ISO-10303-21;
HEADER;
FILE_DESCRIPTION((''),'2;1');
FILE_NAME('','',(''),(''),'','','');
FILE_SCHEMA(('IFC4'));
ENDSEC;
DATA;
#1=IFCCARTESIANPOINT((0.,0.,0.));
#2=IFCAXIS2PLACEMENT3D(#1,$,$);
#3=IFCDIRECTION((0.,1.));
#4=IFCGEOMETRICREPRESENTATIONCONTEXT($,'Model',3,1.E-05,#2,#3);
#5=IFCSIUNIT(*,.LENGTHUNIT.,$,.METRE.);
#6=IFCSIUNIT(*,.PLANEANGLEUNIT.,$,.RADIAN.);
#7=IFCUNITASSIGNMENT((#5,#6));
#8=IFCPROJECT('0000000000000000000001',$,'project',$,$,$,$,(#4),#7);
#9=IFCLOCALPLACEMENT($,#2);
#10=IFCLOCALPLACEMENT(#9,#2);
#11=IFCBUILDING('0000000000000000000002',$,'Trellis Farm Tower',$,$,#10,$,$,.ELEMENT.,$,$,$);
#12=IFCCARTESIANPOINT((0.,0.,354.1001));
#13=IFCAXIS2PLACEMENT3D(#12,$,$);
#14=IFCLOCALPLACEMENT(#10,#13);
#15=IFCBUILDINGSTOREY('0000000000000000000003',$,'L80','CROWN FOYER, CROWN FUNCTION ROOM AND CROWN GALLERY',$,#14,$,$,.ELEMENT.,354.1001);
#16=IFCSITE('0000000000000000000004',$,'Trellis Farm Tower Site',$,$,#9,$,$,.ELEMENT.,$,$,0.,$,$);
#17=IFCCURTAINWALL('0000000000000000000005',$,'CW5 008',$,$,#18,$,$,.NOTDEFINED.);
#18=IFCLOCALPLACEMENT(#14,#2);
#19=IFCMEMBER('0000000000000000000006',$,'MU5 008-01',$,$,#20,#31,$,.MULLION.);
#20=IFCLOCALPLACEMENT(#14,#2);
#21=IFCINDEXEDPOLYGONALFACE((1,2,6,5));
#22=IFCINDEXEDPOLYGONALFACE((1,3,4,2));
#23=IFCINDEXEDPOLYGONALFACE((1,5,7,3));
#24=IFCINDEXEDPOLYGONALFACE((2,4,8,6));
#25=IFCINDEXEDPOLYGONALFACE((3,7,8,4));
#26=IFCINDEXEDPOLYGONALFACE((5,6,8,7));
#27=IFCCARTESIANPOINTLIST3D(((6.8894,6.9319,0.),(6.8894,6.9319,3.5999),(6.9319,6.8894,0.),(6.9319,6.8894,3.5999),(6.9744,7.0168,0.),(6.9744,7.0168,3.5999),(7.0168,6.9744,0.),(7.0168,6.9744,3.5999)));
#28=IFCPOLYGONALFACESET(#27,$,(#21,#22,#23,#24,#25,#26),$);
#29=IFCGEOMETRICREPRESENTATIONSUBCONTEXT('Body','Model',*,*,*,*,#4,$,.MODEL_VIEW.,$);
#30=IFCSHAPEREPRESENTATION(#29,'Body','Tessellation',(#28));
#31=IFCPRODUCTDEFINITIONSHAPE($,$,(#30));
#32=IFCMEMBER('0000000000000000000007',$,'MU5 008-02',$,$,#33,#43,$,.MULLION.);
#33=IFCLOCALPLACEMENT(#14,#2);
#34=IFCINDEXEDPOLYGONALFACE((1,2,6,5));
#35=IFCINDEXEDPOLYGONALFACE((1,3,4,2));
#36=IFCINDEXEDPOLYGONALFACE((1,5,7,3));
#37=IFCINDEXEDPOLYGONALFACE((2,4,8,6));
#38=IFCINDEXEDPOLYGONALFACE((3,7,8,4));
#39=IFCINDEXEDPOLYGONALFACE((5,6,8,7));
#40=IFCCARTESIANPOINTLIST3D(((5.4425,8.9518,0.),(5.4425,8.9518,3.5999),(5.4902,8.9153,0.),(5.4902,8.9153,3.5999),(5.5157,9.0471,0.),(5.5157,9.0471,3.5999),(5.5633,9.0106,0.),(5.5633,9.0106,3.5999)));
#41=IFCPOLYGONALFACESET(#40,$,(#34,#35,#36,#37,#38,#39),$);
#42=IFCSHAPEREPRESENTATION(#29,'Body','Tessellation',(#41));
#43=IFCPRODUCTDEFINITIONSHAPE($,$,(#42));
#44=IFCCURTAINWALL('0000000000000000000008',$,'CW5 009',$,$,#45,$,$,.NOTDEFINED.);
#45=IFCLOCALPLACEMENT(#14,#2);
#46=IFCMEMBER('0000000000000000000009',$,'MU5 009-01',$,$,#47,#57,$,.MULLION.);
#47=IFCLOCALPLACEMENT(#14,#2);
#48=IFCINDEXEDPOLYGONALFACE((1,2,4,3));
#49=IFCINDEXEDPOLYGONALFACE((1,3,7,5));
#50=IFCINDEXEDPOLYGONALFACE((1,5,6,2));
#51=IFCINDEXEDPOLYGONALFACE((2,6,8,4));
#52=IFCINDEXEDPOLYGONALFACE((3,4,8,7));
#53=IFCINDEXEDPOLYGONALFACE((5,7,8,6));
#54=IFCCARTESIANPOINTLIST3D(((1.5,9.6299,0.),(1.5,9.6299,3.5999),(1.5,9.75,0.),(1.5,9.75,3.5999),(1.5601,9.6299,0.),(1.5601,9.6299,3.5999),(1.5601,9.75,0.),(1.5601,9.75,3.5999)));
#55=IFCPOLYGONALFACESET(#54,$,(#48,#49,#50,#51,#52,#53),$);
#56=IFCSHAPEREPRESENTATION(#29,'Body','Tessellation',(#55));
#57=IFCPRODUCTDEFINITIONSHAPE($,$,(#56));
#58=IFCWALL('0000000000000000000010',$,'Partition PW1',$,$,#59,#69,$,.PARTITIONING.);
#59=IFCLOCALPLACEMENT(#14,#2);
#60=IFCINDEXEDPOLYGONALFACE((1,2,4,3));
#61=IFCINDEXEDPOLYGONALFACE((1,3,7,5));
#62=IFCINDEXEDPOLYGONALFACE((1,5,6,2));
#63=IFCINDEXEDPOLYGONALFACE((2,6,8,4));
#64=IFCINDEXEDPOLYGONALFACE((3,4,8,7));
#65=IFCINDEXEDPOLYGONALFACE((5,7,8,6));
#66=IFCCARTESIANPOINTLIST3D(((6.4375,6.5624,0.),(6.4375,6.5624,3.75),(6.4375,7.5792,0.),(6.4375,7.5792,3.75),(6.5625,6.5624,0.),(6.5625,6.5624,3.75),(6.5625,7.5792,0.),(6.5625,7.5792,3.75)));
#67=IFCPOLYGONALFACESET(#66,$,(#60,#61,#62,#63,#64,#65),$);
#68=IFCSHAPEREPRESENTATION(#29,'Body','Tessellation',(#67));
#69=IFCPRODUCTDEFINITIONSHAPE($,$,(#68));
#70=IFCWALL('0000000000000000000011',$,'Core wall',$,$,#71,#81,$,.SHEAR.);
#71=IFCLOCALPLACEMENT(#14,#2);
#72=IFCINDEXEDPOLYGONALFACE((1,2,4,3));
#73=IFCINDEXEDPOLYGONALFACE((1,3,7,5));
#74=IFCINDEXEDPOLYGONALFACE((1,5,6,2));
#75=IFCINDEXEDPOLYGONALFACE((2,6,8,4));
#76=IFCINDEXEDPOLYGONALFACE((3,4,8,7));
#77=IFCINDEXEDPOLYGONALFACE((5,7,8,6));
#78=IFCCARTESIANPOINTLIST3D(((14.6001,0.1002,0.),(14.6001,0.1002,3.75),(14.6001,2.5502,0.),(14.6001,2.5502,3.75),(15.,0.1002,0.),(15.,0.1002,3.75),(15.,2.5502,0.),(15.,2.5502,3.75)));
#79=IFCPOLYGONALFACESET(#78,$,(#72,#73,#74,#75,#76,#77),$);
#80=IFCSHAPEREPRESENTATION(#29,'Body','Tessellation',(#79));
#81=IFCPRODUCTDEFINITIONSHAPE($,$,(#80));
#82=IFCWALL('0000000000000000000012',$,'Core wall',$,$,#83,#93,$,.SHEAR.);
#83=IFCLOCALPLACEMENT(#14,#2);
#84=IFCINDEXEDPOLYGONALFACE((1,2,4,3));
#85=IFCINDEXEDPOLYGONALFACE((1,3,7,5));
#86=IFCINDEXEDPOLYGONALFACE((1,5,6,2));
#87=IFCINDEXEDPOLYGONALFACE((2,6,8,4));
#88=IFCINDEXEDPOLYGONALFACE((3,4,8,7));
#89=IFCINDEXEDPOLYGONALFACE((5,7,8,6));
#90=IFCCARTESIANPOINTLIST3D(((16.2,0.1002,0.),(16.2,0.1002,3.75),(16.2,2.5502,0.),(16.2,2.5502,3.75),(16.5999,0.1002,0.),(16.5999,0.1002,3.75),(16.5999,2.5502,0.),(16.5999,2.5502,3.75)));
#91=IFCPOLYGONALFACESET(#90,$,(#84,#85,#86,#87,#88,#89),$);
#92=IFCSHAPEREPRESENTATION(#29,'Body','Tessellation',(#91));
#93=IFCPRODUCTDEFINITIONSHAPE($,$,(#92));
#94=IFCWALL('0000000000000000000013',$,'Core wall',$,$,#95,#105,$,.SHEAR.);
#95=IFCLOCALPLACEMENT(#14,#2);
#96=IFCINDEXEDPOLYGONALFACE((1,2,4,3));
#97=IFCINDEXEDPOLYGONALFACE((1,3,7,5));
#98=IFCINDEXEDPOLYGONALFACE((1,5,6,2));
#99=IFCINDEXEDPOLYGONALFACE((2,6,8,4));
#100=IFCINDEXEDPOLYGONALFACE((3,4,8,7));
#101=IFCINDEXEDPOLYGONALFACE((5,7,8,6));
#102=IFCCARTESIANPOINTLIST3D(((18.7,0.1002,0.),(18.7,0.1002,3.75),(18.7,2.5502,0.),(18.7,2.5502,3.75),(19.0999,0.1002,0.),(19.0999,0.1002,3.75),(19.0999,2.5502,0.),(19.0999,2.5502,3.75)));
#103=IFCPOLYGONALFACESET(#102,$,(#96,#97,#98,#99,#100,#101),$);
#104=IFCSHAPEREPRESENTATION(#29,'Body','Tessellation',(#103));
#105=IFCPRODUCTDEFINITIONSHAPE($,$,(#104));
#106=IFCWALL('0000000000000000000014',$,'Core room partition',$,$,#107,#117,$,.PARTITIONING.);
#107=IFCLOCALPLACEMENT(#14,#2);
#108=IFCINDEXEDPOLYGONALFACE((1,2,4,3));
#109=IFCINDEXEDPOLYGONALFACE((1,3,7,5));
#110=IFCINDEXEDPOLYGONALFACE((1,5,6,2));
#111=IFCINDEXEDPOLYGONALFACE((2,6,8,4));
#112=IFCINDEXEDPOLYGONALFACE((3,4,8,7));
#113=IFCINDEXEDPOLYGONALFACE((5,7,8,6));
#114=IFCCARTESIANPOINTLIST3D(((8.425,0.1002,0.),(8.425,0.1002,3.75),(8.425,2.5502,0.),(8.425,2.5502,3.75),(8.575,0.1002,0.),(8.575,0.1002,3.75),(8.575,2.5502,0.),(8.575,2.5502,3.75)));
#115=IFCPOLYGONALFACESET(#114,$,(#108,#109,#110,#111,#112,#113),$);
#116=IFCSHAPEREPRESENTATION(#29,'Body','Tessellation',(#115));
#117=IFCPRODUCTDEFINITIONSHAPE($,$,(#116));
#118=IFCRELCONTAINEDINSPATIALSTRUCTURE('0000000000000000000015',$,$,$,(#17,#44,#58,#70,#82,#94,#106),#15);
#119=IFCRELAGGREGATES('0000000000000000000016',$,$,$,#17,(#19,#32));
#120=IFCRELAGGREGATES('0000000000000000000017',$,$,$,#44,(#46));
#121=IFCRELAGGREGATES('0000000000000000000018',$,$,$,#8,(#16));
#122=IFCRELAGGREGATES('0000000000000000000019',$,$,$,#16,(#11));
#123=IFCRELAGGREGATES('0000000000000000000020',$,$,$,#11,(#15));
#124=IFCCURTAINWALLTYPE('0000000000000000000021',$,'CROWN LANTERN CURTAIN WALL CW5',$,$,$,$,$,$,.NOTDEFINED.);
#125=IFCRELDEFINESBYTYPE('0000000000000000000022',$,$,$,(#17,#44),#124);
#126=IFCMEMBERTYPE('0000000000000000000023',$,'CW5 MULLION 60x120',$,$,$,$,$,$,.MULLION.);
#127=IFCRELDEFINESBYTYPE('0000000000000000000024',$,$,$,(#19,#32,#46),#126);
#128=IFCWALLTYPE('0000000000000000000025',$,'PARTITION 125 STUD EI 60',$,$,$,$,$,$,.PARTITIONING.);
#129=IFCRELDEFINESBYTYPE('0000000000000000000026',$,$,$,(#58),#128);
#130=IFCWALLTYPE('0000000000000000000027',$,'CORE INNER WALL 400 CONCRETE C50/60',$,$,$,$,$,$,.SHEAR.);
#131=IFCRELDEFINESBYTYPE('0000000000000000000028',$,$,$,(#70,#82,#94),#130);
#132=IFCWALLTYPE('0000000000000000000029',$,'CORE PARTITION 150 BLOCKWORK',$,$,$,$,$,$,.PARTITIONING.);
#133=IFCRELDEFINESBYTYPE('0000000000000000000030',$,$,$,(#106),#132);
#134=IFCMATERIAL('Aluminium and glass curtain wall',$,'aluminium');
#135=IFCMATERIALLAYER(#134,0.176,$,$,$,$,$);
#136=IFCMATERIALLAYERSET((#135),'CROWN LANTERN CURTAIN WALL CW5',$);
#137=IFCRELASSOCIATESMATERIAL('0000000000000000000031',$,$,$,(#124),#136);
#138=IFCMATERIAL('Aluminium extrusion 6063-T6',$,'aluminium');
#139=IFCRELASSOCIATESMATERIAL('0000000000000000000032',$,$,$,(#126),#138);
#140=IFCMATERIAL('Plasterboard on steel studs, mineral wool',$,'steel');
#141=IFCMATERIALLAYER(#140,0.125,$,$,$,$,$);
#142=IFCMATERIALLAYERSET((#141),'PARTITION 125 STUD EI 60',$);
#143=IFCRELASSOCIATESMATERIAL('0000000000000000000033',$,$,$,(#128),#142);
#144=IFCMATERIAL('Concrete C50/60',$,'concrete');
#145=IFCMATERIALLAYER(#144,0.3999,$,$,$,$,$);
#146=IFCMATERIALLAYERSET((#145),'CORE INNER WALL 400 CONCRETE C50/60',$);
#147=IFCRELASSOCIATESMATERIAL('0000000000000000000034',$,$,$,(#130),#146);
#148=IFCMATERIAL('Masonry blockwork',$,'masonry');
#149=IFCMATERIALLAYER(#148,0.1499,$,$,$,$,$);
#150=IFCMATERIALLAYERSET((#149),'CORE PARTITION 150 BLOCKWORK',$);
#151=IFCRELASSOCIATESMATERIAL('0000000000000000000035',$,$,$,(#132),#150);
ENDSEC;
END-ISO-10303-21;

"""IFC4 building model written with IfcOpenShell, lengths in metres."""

from ifc_helpers import new_model, si_unit, direction, frame, frame_2d, origin, origin_2d, place, context, subcontext, project, spatial, rectangle, extrude, source, transform, mapped, material, layer, layer_set, material_profile, profile_set, type_object, element, aggregate, save


model = new_model("IFC4")

# Units and contexts
model_context = context("Model", 3, precision=1e-05, world=origin(), true_north=direction((0.0, 1.0)))
body_context = subcontext(model_context, "Body", "Model", "MODEL_VIEW")
ifc_project = project(units=[si_unit("LENGTHUNIT", "METRE"), si_unit("PLANEANGLEUNIT", "RADIAN")], contexts=[model_context])

# Site, building, storey
site_placement = place(None, origin())
site = spatial("IfcSite", under=ifc_project, at=site_placement, Name="Trellis Farm Tower Site", CompositionType="ELEMENT", RefElevation=0.0)
building_placement = place(site_placement, origin())
building = spatial("IfcBuilding", under=site, at=building_placement, Name="Trellis Farm Tower", CompositionType="ELEMENT")
storey_placement = place(building_placement, frame((0.0, 0.0, 354.1001)))
storey = spatial("IfcBuildingStorey", under=building, at=storey_placement, Name="L80", Description="CROWN FOYER, CROWN FUNCTION ROOM AND CROWN GALLERY", CompositionType="ELEMENT", Elevation=354.1001)

# Shared definitions
ifc_material_1 = material(Name="Concrete C50/60", Category="concrete")

# Shared definitions
ifc_material_2 = material(Name="Aluminium and glass curtain wall", Category="aluminium")
ifc_layer_1 = layer(ifc_material_2, 0.176)
ifc_layer_set_1 = layer_set([ifc_layer_1], Name="CROWN LANTERN CURTAIN WALL CW5")
curtain_wall_type = type_object("IfcCurtainWallType", Name="CROWN LANTERN CURTAIN WALL CW5", PredefinedType="NOTDEFINED", material=ifc_layer_set_1)
placement = place(storey_placement, origin())
ifc_material_3 = material(Name="Aluminium extrusion 6063-T6", Category="aluminium")
ifc_material_profile_1 = material_profile(ifc_material_3, rectangle(XDim=0.0601, YDim=0.1201, at=origin_2d()), Name="MULLION 60x120")
ifc_profile_set_1 = profile_set([ifc_material_profile_1], Name="Aluminium extrusion 6063-T6")
member_type = type_object("IfcMemberType", Name="CW5 MULLION 60x120", PredefinedType="MULLION", material=ifc_profile_set_1)
shared_shape_1 = source(origin(), body_context, "Body", "SweptSolid", [
    extrude(rectangle(XDim=0.0601, YDim=0.1201, at=origin_2d()), origin(), (0.0, 0.0, 1.0), 3.5999),
])

# Curtain wall, members
curtain_wall_1 = element("IfcCurtainWall", 1, at=placement, inside=storey, type_object=curtain_wall_type, Name="CW5 008", PredefinedType="NOTDEFINED")
member_1_placement = place(storey_placement, frame((6.9531, 6.9531, 0.0), z_axis=(0.0, 0.0, 1.0), x_axis=(-0.707107, 0.707107, 0.0)))
member_1 = element("IfcMember", 2, at=member_1_placement, type_object=member_type, Name="MU5 008-01", PredefinedType="MULLION", context=body_context, shape_type="MappedRepresentation", body=[
    mapped(shared_shape_1, transform((0.0, 0.0, 0.0))),
])
member_2_placement = place(storey_placement, frame((5.5029, 8.9812, 0.0), z_axis=(0.0, 0.0, 1.0), x_axis=(-0.793353, 0.608761, 0.0)))
member_2 = element("IfcMember", 3, at=member_2_placement, type_object=member_type, Name="MU5 008-02", PredefinedType="MULLION", context=body_context, shape_type="MappedRepresentation", body=[
    mapped(shared_shape_1, transform((0.0, 0.0, 0.0))),
])
aggregate(curtain_wall_1, [member_1, member_2])

# Curtain wall, member
curtain_wall_2 = element("IfcCurtainWall", 4, at=placement, inside=storey, type_object=curtain_wall_type, Name="CW5 009", PredefinedType="NOTDEFINED")
member_3_placement = place(storey_placement, frame((1.53, 9.6899, 0.0), z_axis=(0.0, 0.0, 1.0), x_axis=(-1.0, 0.0, 0.0)))
member_3 = element("IfcMember", 5, at=member_3_placement, type_object=member_type, Name="MU5 009-01", PredefinedType="MULLION", context=body_context, shape_type="MappedRepresentation", body=[
    mapped(shared_shape_1, transform((0.0, 0.0, 0.0))),
])
aggregate(curtain_wall_2, [member_3])

# Walls
ifc_material_4 = material(Name="Plasterboard on steel studs, mineral wool", Category="steel")
ifc_layer_2 = layer(ifc_material_4, 0.125)
ifc_layer_set_2 = layer_set([ifc_layer_2], Name="PARTITION 125 STUD EI 60")
wall_type_1 = type_object("IfcWallType", Name="PARTITION 125 STUD EI 60", PredefinedType="PARTITIONING", material=ifc_layer_set_2)
wall_1_placement = place(storey_placement, frame((6.5, 6.5625, 0.0), z_axis=(0.0, 0.0, 1.0), x_axis=(0.0, 1.0, 0.0)))
element("IfcWall", 6, at=wall_1_placement, inside=storey, type_object=wall_type_1, Name="Partition PW1", PredefinedType="PARTITIONING", context=body_context, shape_type="SweptSolid", body=[
    extrude(rectangle(XDim=1.0168, YDim=0.125, at=frame_2d((0.5083, 0.0))), origin(), (0.0, 0.0, 1.0), 3.75),
])
ifc_layer_3 = layer(ifc_material_1, 0.3999)
ifc_layer_set_3 = layer_set([ifc_layer_3], Name="CORE INNER WALL 400 CONCRETE C50/60")
wall_type_2 = type_object("IfcWallType", Name="CORE INNER WALL 400 CONCRETE C50/60", PredefinedType="SHEAR", material=ifc_layer_set_3)
shared_shape_2 = source(origin(), body_context, "Body", "SweptSolid", [
    extrude(rectangle(XDim=2.45, YDim=0.3999, at=frame_2d((1.2251, 0.0))), origin(), (0.0, 0.0, 1.0), 3.75),
])
for number, where, z_axis, x_axis, name in (
    (7, (14.8, 0.1001, 0.0), (0.0, 0.0, 1.0), (0.0, 1.0, 0.0), "Core wall"),
    (8, (16.3999, 0.1001, 0.0), (0.0, 0.0, 1.0), (0.0, 1.0, 0.0), "Core wall"),
    (9, (18.8999, 0.1001, 0.0), (0.0, 0.0, 1.0), (0.0, 1.0, 0.0), "Core wall"),
):
    element("IfcWall", number, at=place(storey_placement, frame(where, z_axis=z_axis, x_axis=x_axis)), inside=storey, type_object=wall_type_2, Name=name, PredefinedType="SHEAR", context=body_context, shape_type="MappedRepresentation", body=[
        mapped(shared_shape_2, transform((0.0, 0.0, 0.0))),
    ])
ifc_material_5 = material(Name="Masonry blockwork", Category="masonry")
ifc_layer_4 = layer(ifc_material_5, 0.1499)
ifc_layer_set_4 = layer_set([ifc_layer_4], Name="CORE PARTITION 150 BLOCKWORK")
wall_type_3 = type_object("IfcWallType", Name="CORE PARTITION 150 BLOCKWORK", PredefinedType="PARTITIONING", material=ifc_layer_set_4)
shared_shape_3 = source(origin(), body_context, "Body", "SweptSolid", [
    extrude(rectangle(XDim=2.45, YDim=0.1499, at=frame_2d((1.2251, 0.0))), origin(), (0.0, 0.0, 1.0), 3.75),
])
wall_2_placement = place(storey_placement, frame((8.5, 0.1001, 0.0), z_axis=(0.0, 0.0, 1.0), x_axis=(0.0, 1.0, 0.0)))
element("IfcWall", 10, at=wall_2_placement, inside=storey, type_object=wall_type_3, Name="Core room partition", PredefinedType="PARTITIONING", context=body_context, shape_type="MappedRepresentation", body=[
    mapped(shared_shape_3, transform((0.0, 0.0, 0.0))),
])

save(model, "model.ifc")
